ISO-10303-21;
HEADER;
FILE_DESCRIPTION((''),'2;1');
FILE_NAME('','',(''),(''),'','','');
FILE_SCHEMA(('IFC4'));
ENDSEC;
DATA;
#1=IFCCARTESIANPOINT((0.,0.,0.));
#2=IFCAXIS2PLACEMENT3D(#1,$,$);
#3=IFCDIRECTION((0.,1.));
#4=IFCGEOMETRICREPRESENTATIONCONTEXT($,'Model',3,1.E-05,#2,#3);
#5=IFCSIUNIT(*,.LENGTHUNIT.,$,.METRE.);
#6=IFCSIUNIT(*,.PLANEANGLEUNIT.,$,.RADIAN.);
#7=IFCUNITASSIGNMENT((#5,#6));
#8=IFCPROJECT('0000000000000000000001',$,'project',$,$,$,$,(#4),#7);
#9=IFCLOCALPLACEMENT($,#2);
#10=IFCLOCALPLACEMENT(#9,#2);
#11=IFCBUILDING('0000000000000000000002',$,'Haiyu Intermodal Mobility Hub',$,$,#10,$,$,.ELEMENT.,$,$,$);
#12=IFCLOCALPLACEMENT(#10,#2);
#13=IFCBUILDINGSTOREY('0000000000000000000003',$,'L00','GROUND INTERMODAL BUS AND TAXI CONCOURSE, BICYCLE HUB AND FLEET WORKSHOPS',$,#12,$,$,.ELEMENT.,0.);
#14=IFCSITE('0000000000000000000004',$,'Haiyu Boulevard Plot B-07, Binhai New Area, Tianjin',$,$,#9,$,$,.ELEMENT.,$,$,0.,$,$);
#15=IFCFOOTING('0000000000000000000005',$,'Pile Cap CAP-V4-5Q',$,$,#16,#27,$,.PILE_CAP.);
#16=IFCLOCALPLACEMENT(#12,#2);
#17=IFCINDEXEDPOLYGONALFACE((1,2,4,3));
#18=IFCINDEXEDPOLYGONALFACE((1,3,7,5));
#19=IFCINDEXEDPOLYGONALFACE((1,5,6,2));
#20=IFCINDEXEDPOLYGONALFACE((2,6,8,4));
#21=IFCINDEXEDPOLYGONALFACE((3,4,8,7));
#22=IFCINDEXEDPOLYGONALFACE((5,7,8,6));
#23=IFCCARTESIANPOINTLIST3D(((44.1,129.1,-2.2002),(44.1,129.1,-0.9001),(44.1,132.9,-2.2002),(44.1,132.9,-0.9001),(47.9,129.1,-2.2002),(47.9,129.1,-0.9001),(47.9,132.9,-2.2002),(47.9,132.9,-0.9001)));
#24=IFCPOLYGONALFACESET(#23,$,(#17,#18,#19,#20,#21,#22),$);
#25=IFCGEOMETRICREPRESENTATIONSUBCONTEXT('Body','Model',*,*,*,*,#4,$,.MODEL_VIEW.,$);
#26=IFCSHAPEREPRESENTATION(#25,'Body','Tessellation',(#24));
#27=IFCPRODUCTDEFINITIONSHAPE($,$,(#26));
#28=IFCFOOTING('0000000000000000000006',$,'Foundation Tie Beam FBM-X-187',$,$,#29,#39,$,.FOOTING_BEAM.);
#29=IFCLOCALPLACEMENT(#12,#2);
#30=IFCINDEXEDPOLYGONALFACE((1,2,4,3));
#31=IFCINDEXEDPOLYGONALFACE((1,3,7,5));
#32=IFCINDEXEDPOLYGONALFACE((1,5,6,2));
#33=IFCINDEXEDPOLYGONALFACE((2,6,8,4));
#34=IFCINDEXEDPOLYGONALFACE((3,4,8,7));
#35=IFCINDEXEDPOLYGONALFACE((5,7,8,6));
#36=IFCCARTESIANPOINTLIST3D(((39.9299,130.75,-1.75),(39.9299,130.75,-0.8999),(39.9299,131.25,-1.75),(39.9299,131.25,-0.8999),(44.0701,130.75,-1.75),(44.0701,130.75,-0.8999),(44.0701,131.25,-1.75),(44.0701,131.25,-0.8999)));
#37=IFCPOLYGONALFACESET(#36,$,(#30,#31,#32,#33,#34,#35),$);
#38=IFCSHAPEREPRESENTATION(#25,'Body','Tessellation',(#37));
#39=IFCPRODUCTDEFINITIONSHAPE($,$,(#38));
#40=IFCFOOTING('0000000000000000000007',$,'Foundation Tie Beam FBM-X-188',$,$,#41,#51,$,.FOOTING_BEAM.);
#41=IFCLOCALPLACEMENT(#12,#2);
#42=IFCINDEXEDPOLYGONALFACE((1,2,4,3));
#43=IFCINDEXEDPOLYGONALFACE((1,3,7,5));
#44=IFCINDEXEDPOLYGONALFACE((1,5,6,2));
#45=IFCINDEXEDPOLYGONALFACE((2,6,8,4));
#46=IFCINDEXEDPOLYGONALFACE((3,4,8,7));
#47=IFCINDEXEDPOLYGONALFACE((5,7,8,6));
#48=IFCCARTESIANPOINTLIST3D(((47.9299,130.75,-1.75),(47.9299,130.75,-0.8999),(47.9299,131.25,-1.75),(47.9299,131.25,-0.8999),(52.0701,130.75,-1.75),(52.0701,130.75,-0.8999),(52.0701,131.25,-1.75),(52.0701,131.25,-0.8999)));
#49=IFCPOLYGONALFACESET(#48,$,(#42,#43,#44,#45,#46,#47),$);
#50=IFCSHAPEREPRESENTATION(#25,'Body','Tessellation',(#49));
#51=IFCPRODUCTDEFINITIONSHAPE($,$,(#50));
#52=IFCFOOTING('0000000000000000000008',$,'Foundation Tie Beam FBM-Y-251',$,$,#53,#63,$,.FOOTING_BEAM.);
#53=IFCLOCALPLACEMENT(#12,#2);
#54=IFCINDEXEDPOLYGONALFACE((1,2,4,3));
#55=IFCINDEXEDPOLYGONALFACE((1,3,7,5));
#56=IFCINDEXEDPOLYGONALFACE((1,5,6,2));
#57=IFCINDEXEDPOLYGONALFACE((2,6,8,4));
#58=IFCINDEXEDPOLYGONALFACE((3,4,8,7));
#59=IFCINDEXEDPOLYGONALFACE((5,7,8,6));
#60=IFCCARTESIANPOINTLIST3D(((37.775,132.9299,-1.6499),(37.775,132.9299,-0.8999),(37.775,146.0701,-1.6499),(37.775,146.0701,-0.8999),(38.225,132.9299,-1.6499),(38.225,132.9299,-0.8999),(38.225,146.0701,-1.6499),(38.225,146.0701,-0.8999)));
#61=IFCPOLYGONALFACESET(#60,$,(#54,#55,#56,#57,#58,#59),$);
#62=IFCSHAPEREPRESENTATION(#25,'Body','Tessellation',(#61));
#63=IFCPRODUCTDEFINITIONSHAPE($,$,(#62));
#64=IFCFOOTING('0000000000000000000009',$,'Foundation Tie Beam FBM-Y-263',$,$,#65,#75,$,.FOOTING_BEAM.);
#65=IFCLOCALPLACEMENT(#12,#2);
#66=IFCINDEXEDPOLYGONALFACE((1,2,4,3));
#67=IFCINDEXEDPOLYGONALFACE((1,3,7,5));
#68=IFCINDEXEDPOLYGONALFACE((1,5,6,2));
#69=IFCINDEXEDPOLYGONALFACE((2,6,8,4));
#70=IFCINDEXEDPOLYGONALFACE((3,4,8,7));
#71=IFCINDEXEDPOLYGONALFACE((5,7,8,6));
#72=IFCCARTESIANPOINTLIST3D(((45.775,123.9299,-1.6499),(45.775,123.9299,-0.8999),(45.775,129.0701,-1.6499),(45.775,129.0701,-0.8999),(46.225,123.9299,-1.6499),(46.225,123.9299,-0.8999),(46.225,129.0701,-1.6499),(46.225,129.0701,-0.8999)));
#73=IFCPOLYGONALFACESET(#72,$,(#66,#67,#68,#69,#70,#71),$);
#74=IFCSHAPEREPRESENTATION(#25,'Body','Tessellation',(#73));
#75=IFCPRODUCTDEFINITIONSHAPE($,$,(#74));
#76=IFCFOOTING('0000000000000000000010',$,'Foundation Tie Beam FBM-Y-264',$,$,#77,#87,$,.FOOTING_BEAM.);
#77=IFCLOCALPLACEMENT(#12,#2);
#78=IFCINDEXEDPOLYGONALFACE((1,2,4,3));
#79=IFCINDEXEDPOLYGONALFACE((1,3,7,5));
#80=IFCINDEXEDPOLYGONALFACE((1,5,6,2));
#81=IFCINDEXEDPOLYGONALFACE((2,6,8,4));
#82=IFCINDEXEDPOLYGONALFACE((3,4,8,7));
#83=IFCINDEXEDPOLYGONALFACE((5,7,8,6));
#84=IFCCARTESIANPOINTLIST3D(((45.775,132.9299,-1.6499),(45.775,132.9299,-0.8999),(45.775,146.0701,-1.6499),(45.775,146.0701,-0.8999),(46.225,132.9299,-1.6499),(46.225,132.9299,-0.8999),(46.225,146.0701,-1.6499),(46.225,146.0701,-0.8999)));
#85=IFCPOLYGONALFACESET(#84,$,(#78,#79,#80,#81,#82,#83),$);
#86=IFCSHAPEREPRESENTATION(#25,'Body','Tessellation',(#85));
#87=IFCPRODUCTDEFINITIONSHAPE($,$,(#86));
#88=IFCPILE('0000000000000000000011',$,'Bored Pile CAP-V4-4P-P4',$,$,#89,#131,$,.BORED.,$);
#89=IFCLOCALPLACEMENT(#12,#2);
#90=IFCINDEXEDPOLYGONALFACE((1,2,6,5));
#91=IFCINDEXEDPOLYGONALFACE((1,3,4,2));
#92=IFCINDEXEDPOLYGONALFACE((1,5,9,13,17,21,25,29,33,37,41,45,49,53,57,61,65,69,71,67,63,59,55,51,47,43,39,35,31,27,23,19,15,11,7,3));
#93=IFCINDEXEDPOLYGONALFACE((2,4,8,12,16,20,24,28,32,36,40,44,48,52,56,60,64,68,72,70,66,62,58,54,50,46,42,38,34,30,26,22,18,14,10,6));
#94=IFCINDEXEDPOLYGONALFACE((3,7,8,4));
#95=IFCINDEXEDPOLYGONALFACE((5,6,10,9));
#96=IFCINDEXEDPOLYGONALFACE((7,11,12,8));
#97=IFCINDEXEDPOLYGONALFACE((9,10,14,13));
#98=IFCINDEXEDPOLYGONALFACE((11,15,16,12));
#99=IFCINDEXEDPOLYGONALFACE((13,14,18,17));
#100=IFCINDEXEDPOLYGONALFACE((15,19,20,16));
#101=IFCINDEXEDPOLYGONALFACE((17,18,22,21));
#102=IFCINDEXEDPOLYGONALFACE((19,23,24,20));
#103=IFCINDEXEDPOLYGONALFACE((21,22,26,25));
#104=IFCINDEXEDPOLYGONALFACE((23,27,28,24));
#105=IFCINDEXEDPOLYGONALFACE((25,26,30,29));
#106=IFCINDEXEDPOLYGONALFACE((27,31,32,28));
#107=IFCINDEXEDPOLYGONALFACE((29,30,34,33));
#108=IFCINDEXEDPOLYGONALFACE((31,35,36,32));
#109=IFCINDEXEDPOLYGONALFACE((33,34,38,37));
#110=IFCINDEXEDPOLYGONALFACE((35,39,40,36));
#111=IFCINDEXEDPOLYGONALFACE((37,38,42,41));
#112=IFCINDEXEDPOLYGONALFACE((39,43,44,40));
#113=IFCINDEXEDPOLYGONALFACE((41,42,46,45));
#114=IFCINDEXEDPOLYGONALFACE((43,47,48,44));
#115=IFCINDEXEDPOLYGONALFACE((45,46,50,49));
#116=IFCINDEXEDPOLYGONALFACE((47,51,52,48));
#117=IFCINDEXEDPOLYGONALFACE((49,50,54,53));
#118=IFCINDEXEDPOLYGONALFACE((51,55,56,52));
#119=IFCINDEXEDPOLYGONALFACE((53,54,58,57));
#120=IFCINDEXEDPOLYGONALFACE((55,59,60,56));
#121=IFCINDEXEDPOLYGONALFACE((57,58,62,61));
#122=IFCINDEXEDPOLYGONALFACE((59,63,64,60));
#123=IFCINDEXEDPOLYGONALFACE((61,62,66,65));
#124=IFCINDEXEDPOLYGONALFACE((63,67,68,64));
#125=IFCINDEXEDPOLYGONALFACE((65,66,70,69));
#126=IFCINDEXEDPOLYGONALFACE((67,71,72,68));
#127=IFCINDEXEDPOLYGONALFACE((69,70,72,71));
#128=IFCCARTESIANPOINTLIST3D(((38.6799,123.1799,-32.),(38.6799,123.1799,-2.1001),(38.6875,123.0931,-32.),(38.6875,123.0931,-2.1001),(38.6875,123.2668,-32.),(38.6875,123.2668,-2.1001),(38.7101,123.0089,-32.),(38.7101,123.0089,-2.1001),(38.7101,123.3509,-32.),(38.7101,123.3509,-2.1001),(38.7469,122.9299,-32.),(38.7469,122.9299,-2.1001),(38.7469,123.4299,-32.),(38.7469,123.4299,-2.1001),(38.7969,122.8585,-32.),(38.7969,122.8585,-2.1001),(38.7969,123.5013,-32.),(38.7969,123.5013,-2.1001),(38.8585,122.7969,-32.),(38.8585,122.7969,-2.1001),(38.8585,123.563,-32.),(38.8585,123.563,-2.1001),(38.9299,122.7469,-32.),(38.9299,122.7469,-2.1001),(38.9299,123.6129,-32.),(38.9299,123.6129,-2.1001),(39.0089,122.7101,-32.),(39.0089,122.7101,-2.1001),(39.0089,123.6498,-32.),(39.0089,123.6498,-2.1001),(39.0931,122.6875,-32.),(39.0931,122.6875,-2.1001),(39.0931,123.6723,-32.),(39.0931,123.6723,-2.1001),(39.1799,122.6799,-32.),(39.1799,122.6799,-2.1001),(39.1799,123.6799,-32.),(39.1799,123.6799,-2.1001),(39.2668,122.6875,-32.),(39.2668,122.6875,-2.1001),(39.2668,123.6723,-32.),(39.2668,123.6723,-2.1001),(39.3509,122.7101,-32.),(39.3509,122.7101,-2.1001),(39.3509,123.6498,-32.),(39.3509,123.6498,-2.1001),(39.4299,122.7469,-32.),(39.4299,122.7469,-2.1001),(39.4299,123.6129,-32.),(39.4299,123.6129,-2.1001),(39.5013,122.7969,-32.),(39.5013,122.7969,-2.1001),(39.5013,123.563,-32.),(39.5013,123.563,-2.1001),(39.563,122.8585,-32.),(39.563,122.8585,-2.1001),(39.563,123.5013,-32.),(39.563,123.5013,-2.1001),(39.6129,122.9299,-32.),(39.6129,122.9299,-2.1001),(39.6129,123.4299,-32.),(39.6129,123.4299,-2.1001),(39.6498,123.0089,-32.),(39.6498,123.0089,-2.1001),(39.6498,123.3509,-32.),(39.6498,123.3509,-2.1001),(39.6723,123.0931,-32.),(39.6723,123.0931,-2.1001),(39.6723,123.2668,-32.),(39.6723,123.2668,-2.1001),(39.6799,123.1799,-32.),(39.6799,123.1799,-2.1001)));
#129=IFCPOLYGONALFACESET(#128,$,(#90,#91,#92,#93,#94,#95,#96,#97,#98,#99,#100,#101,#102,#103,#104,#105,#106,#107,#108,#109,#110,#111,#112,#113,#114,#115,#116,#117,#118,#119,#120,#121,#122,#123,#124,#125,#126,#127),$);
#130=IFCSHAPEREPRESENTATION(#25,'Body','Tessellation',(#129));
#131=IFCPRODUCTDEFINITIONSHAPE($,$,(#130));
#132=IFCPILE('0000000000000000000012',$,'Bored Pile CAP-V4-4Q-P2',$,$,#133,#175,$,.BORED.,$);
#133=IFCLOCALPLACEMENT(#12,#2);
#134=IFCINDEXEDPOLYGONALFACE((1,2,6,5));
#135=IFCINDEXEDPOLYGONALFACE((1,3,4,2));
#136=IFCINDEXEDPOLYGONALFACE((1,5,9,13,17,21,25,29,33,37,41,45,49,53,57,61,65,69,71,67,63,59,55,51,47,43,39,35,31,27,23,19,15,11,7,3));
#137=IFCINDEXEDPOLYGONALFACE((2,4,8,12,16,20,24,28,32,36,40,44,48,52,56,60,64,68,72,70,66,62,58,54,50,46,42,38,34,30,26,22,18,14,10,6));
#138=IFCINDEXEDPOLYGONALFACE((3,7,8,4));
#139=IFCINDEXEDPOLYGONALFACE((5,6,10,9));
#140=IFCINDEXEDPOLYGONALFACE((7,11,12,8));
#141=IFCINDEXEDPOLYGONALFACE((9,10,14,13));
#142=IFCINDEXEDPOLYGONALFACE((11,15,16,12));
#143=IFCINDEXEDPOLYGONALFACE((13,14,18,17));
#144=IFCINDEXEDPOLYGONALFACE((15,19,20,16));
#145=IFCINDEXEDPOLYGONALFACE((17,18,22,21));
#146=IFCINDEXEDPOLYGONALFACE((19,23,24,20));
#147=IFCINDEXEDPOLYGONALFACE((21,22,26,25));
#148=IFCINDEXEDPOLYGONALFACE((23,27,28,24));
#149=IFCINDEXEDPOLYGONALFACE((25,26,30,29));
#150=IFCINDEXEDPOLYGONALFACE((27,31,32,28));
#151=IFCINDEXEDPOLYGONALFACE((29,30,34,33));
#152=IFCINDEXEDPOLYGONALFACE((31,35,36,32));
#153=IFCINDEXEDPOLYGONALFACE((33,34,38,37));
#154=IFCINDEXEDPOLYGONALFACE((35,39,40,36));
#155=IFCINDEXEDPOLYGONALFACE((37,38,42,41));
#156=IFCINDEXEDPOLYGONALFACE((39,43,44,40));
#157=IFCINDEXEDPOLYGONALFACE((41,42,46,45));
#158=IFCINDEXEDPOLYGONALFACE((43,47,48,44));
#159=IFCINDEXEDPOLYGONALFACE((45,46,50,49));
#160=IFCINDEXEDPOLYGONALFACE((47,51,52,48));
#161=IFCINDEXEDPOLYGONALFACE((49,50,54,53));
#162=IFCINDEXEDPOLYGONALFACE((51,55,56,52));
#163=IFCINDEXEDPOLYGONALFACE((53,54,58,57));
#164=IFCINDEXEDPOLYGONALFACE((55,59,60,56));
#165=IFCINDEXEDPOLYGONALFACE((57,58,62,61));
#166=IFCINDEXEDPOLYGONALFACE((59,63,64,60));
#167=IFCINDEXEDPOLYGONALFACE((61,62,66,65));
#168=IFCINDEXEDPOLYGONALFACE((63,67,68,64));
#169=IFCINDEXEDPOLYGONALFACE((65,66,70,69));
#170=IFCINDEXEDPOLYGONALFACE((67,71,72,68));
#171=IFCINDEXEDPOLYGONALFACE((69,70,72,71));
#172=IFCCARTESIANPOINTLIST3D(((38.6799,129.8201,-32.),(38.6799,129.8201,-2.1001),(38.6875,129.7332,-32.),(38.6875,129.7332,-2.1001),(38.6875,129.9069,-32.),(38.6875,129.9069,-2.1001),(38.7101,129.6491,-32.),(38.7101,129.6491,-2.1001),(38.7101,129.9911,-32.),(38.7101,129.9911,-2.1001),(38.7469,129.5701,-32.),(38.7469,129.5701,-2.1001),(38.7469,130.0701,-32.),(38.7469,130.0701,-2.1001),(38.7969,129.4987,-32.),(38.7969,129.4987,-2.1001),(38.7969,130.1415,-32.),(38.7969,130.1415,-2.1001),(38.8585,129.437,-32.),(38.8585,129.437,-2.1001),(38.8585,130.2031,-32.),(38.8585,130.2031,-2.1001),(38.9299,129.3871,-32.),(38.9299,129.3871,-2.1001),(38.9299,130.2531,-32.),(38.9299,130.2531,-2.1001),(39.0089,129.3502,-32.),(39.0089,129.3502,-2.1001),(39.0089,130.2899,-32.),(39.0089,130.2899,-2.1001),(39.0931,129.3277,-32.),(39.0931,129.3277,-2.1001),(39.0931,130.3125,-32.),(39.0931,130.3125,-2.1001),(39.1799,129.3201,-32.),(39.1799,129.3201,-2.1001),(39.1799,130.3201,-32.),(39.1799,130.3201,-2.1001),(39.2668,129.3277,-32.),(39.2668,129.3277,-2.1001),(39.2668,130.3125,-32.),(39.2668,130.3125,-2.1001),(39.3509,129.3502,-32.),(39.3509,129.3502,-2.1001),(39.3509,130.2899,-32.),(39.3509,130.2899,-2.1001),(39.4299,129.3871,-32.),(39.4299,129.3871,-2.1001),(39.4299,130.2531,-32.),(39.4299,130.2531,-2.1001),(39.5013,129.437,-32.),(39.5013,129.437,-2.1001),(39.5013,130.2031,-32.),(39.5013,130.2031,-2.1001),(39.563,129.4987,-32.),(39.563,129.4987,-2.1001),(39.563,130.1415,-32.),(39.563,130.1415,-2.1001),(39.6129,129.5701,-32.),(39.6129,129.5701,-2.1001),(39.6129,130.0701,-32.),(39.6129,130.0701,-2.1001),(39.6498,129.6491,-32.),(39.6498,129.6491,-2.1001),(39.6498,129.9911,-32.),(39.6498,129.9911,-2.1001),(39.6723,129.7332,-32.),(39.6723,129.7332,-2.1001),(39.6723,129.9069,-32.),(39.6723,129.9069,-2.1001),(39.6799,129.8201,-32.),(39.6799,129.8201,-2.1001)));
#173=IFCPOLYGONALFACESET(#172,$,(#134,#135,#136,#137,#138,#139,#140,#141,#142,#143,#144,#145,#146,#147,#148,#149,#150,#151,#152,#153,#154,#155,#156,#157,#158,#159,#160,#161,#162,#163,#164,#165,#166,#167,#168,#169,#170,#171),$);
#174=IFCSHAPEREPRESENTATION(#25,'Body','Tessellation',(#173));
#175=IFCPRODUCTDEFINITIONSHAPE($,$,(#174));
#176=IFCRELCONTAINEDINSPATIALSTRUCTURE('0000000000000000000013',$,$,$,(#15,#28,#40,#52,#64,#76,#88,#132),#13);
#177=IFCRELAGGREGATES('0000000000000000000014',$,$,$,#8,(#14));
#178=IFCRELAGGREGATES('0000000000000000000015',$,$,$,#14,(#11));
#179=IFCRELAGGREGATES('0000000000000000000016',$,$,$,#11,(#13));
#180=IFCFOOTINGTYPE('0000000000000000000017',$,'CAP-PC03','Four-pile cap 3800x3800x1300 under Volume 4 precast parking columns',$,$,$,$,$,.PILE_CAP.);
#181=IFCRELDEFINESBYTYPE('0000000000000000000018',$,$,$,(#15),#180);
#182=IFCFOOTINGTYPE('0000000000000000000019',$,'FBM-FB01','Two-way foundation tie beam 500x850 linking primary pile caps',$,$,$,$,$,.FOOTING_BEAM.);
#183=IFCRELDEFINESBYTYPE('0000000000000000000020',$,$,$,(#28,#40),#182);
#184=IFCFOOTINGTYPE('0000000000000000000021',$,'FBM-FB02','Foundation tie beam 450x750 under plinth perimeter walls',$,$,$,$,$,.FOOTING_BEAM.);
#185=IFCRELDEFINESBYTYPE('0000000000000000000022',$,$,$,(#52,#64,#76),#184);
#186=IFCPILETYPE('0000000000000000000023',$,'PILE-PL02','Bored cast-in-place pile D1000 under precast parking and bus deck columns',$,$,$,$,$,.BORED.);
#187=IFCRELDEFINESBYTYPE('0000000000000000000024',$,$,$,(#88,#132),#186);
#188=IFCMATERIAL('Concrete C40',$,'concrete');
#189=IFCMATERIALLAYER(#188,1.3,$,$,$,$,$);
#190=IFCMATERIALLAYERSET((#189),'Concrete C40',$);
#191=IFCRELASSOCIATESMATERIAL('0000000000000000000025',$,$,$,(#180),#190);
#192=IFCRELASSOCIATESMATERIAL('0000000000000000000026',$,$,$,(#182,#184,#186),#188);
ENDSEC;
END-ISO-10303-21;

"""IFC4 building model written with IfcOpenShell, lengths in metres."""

from ifc_helpers import new_model, si_unit, direction, frame, origin, origin_2d, place, context, subcontext, project, spatial, rectangle, circle, extrude, material, layer, layer_set, material_profile, profile_set, type_object, element, save


model = new_model("IFC4")

# Units and contexts
model_context = context("Model", 3, precision=1e-05, world=origin(), true_north=direction((0.0, 1.0)))
body_context = subcontext(model_context, "Body", "Model", "MODEL_VIEW")
ifc_project = project(units=[si_unit("LENGTHUNIT", "METRE"), si_unit("PLANEANGLEUNIT", "RADIAN")], contexts=[model_context])

# Site, building, storey
site_placement = place(None, origin())
site = spatial("IfcSite", under=ifc_project, at=site_placement, Name="Haiyu Boulevard Plot B-07, Binhai New Area, Tianjin", CompositionType="ELEMENT", RefElevation=0.0)
building_placement = place(site_placement, origin())
building = spatial("IfcBuilding", under=site, at=building_placement, Name="Haiyu Intermodal Mobility Hub", CompositionType="ELEMENT")
storey_placement = place(building_placement, origin())
storey = spatial("IfcBuildingStorey", under=building, at=storey_placement, Name="L00", Description="GROUND INTERMODAL BUS AND TAXI CONCOURSE, BICYCLE HUB AND FLEET WORKSHOPS", CompositionType="ELEMENT", Elevation=0.0)

# Footings
ifc_material_1 = material(Name="Concrete C40", Category="concrete")
ifc_layer = layer(ifc_material_1, 1.3)
ifc_layer_set = layer_set([ifc_layer], Name="Concrete C40")
footing_type_1 = type_object("IfcFootingType", Name="CAP-PC03", Description="Four-pile cap 3800x3800x1300 under Volume 4 precast parking columns", PredefinedType="PILE_CAP", material=ifc_layer_set)
footing_1_placement = place(storey_placement, frame((46.0, 131.0, -2.2002), z_axis=(0.0, 0.0, 1.0), x_axis=(1.0, 0.0, 0.0)))
element("IfcFooting", 1, at=footing_1_placement, inside=storey, type_object=footing_type_1, Name="Pile Cap CAP-V4-5Q", PredefinedType="PILE_CAP", context=body_context, shape_type="SweptSolid", body=[
    extrude(rectangle(XDim=3.8, YDim=3.8, at=origin_2d()), origin(), (0.0, 0.0, 1.0), 1.3),
])
ifc_material_profile_1 = material_profile(ifc_material_1, rectangle(XDim=0.5, YDim=0.8501, at=origin_2d()), Name="FB500x850")
ifc_profile_set_1 = profile_set([ifc_material_profile_1], Name="Concrete C40")
footing_type_2 = type_object("IfcFootingType", Name="FBM-FB01", Description="Two-way foundation tie beam 500x850 linking primary pile caps", PredefinedType="FOOTING_BEAM", material=ifc_profile_set_1)
for number, where, z_axis, x_axis, name in (
    (2, (39.9299, 131.0, -1.325), (1.0, 0.0, 0.0), (0.0, 1.0, 0.0), "Foundation Tie Beam FBM-X-187"),
    (3, (47.9299, 131.0, -1.325), (1.0, 0.0, 0.0), (0.0, 1.0, 0.0), "Foundation Tie Beam FBM-X-188"),
):
    element("IfcFooting", number, at=place(storey_placement, frame(where, z_axis=z_axis, x_axis=x_axis)), inside=storey, type_object=footing_type_2, Name=name, PredefinedType="FOOTING_BEAM", context=body_context, shape_type="SweptSolid", body=[
        extrude(rectangle(XDim=0.5, YDim=0.8501, at=origin_2d()), origin(), (0.0, 0.0, 1.0), 4.1401),
    ])
ifc_material_profile_2 = material_profile(ifc_material_1, rectangle(XDim=0.45, YDim=0.75, at=origin_2d()), Name="FB450x750")
ifc_profile_set_2 = profile_set([ifc_material_profile_2], Name="Concrete C40")
footing_type_3 = type_object("IfcFootingType", Name="FBM-FB02", Description="Foundation tie beam 450x750 under plinth perimeter walls", PredefinedType="FOOTING_BEAM", material=ifc_profile_set_2)
footing_2_placement = place(storey_placement, frame((38.0, 132.9299, -1.2749), z_axis=(0.0, 1.0, 0.0), x_axis=(-1.0, 0.0, 0.0)))
element("IfcFooting", 4, at=footing_2_placement, inside=storey, type_object=footing_type_3, Name="Foundation Tie Beam FBM-Y-251", PredefinedType="FOOTING_BEAM", context=body_context, shape_type="SweptSolid", body=[
    extrude(rectangle(XDim=0.45, YDim=0.75, at=origin_2d()), origin(), (0.0, 0.0, 1.0), 13.1401),
])
footing_3_placement = place(storey_placement, frame((46.0, 123.9299, -1.2749), z_axis=(0.0, 1.0, 0.0), x_axis=(-1.0, 0.0, 0.0)))
element("IfcFooting", 5, at=footing_3_placement, inside=storey, type_object=footing_type_3, Name="Foundation Tie Beam FBM-Y-263", PredefinedType="FOOTING_BEAM", context=body_context, shape_type="SweptSolid", body=[
    extrude(rectangle(XDim=0.45, YDim=0.75, at=origin_2d()), origin(), (0.0, 0.0, 1.0), 5.1401),
])
footing_4_placement = place(storey_placement, frame((46.0, 132.9299, -1.2749), z_axis=(0.0, 1.0, 0.0), x_axis=(-1.0, 0.0, 0.0)))
element("IfcFooting", 6, at=footing_4_placement, inside=storey, type_object=footing_type_3, Name="Foundation Tie Beam FBM-Y-264", PredefinedType="FOOTING_BEAM", context=body_context, shape_type="SweptSolid", body=[
    extrude(rectangle(XDim=0.45, YDim=0.75, at=origin_2d()), origin(), (0.0, 0.0, 1.0), 13.1401),
])

# Piles
ifc_material_profile_3 = material_profile(ifc_material_1, circle(Radius=0.5, at=origin_2d()), Name="PILE-D1000")
ifc_profile_set_3 = profile_set([ifc_material_profile_3], Name="Concrete C40")
pile_type = type_object("IfcPileType", Name="PILE-PL02", Description="Bored cast-in-place pile D1000 under precast parking and bus deck columns", PredefinedType="BORED", material=ifc_profile_set_3)
for number, where, z_axis, x_axis, name in (
    (7, (39.1799, 123.1799, -2.1001), (0.0, 0.0, -1.0), (1.0, 0.0, 0.0), "Bored Pile CAP-V4-4P-P4"),
    (8, (39.1799, 129.8201, -2.1001), (0.0, 0.0, -1.0), (1.0, 0.0, 0.0), "Bored Pile CAP-V4-4Q-P2"),
):
    element("IfcPile", number, at=place(storey_placement, frame(where, z_axis=z_axis, x_axis=x_axis)), inside=storey, type_object=pile_type, Name=name, PredefinedType="BORED", context=body_context, shape_type="SweptSolid", body=[
        extrude(circle(Radius=0.5, at=origin_2d()), origin(), (0.0, 0.0, 1.0), 29.8999),
    ])

save(model, "model.ifc")
